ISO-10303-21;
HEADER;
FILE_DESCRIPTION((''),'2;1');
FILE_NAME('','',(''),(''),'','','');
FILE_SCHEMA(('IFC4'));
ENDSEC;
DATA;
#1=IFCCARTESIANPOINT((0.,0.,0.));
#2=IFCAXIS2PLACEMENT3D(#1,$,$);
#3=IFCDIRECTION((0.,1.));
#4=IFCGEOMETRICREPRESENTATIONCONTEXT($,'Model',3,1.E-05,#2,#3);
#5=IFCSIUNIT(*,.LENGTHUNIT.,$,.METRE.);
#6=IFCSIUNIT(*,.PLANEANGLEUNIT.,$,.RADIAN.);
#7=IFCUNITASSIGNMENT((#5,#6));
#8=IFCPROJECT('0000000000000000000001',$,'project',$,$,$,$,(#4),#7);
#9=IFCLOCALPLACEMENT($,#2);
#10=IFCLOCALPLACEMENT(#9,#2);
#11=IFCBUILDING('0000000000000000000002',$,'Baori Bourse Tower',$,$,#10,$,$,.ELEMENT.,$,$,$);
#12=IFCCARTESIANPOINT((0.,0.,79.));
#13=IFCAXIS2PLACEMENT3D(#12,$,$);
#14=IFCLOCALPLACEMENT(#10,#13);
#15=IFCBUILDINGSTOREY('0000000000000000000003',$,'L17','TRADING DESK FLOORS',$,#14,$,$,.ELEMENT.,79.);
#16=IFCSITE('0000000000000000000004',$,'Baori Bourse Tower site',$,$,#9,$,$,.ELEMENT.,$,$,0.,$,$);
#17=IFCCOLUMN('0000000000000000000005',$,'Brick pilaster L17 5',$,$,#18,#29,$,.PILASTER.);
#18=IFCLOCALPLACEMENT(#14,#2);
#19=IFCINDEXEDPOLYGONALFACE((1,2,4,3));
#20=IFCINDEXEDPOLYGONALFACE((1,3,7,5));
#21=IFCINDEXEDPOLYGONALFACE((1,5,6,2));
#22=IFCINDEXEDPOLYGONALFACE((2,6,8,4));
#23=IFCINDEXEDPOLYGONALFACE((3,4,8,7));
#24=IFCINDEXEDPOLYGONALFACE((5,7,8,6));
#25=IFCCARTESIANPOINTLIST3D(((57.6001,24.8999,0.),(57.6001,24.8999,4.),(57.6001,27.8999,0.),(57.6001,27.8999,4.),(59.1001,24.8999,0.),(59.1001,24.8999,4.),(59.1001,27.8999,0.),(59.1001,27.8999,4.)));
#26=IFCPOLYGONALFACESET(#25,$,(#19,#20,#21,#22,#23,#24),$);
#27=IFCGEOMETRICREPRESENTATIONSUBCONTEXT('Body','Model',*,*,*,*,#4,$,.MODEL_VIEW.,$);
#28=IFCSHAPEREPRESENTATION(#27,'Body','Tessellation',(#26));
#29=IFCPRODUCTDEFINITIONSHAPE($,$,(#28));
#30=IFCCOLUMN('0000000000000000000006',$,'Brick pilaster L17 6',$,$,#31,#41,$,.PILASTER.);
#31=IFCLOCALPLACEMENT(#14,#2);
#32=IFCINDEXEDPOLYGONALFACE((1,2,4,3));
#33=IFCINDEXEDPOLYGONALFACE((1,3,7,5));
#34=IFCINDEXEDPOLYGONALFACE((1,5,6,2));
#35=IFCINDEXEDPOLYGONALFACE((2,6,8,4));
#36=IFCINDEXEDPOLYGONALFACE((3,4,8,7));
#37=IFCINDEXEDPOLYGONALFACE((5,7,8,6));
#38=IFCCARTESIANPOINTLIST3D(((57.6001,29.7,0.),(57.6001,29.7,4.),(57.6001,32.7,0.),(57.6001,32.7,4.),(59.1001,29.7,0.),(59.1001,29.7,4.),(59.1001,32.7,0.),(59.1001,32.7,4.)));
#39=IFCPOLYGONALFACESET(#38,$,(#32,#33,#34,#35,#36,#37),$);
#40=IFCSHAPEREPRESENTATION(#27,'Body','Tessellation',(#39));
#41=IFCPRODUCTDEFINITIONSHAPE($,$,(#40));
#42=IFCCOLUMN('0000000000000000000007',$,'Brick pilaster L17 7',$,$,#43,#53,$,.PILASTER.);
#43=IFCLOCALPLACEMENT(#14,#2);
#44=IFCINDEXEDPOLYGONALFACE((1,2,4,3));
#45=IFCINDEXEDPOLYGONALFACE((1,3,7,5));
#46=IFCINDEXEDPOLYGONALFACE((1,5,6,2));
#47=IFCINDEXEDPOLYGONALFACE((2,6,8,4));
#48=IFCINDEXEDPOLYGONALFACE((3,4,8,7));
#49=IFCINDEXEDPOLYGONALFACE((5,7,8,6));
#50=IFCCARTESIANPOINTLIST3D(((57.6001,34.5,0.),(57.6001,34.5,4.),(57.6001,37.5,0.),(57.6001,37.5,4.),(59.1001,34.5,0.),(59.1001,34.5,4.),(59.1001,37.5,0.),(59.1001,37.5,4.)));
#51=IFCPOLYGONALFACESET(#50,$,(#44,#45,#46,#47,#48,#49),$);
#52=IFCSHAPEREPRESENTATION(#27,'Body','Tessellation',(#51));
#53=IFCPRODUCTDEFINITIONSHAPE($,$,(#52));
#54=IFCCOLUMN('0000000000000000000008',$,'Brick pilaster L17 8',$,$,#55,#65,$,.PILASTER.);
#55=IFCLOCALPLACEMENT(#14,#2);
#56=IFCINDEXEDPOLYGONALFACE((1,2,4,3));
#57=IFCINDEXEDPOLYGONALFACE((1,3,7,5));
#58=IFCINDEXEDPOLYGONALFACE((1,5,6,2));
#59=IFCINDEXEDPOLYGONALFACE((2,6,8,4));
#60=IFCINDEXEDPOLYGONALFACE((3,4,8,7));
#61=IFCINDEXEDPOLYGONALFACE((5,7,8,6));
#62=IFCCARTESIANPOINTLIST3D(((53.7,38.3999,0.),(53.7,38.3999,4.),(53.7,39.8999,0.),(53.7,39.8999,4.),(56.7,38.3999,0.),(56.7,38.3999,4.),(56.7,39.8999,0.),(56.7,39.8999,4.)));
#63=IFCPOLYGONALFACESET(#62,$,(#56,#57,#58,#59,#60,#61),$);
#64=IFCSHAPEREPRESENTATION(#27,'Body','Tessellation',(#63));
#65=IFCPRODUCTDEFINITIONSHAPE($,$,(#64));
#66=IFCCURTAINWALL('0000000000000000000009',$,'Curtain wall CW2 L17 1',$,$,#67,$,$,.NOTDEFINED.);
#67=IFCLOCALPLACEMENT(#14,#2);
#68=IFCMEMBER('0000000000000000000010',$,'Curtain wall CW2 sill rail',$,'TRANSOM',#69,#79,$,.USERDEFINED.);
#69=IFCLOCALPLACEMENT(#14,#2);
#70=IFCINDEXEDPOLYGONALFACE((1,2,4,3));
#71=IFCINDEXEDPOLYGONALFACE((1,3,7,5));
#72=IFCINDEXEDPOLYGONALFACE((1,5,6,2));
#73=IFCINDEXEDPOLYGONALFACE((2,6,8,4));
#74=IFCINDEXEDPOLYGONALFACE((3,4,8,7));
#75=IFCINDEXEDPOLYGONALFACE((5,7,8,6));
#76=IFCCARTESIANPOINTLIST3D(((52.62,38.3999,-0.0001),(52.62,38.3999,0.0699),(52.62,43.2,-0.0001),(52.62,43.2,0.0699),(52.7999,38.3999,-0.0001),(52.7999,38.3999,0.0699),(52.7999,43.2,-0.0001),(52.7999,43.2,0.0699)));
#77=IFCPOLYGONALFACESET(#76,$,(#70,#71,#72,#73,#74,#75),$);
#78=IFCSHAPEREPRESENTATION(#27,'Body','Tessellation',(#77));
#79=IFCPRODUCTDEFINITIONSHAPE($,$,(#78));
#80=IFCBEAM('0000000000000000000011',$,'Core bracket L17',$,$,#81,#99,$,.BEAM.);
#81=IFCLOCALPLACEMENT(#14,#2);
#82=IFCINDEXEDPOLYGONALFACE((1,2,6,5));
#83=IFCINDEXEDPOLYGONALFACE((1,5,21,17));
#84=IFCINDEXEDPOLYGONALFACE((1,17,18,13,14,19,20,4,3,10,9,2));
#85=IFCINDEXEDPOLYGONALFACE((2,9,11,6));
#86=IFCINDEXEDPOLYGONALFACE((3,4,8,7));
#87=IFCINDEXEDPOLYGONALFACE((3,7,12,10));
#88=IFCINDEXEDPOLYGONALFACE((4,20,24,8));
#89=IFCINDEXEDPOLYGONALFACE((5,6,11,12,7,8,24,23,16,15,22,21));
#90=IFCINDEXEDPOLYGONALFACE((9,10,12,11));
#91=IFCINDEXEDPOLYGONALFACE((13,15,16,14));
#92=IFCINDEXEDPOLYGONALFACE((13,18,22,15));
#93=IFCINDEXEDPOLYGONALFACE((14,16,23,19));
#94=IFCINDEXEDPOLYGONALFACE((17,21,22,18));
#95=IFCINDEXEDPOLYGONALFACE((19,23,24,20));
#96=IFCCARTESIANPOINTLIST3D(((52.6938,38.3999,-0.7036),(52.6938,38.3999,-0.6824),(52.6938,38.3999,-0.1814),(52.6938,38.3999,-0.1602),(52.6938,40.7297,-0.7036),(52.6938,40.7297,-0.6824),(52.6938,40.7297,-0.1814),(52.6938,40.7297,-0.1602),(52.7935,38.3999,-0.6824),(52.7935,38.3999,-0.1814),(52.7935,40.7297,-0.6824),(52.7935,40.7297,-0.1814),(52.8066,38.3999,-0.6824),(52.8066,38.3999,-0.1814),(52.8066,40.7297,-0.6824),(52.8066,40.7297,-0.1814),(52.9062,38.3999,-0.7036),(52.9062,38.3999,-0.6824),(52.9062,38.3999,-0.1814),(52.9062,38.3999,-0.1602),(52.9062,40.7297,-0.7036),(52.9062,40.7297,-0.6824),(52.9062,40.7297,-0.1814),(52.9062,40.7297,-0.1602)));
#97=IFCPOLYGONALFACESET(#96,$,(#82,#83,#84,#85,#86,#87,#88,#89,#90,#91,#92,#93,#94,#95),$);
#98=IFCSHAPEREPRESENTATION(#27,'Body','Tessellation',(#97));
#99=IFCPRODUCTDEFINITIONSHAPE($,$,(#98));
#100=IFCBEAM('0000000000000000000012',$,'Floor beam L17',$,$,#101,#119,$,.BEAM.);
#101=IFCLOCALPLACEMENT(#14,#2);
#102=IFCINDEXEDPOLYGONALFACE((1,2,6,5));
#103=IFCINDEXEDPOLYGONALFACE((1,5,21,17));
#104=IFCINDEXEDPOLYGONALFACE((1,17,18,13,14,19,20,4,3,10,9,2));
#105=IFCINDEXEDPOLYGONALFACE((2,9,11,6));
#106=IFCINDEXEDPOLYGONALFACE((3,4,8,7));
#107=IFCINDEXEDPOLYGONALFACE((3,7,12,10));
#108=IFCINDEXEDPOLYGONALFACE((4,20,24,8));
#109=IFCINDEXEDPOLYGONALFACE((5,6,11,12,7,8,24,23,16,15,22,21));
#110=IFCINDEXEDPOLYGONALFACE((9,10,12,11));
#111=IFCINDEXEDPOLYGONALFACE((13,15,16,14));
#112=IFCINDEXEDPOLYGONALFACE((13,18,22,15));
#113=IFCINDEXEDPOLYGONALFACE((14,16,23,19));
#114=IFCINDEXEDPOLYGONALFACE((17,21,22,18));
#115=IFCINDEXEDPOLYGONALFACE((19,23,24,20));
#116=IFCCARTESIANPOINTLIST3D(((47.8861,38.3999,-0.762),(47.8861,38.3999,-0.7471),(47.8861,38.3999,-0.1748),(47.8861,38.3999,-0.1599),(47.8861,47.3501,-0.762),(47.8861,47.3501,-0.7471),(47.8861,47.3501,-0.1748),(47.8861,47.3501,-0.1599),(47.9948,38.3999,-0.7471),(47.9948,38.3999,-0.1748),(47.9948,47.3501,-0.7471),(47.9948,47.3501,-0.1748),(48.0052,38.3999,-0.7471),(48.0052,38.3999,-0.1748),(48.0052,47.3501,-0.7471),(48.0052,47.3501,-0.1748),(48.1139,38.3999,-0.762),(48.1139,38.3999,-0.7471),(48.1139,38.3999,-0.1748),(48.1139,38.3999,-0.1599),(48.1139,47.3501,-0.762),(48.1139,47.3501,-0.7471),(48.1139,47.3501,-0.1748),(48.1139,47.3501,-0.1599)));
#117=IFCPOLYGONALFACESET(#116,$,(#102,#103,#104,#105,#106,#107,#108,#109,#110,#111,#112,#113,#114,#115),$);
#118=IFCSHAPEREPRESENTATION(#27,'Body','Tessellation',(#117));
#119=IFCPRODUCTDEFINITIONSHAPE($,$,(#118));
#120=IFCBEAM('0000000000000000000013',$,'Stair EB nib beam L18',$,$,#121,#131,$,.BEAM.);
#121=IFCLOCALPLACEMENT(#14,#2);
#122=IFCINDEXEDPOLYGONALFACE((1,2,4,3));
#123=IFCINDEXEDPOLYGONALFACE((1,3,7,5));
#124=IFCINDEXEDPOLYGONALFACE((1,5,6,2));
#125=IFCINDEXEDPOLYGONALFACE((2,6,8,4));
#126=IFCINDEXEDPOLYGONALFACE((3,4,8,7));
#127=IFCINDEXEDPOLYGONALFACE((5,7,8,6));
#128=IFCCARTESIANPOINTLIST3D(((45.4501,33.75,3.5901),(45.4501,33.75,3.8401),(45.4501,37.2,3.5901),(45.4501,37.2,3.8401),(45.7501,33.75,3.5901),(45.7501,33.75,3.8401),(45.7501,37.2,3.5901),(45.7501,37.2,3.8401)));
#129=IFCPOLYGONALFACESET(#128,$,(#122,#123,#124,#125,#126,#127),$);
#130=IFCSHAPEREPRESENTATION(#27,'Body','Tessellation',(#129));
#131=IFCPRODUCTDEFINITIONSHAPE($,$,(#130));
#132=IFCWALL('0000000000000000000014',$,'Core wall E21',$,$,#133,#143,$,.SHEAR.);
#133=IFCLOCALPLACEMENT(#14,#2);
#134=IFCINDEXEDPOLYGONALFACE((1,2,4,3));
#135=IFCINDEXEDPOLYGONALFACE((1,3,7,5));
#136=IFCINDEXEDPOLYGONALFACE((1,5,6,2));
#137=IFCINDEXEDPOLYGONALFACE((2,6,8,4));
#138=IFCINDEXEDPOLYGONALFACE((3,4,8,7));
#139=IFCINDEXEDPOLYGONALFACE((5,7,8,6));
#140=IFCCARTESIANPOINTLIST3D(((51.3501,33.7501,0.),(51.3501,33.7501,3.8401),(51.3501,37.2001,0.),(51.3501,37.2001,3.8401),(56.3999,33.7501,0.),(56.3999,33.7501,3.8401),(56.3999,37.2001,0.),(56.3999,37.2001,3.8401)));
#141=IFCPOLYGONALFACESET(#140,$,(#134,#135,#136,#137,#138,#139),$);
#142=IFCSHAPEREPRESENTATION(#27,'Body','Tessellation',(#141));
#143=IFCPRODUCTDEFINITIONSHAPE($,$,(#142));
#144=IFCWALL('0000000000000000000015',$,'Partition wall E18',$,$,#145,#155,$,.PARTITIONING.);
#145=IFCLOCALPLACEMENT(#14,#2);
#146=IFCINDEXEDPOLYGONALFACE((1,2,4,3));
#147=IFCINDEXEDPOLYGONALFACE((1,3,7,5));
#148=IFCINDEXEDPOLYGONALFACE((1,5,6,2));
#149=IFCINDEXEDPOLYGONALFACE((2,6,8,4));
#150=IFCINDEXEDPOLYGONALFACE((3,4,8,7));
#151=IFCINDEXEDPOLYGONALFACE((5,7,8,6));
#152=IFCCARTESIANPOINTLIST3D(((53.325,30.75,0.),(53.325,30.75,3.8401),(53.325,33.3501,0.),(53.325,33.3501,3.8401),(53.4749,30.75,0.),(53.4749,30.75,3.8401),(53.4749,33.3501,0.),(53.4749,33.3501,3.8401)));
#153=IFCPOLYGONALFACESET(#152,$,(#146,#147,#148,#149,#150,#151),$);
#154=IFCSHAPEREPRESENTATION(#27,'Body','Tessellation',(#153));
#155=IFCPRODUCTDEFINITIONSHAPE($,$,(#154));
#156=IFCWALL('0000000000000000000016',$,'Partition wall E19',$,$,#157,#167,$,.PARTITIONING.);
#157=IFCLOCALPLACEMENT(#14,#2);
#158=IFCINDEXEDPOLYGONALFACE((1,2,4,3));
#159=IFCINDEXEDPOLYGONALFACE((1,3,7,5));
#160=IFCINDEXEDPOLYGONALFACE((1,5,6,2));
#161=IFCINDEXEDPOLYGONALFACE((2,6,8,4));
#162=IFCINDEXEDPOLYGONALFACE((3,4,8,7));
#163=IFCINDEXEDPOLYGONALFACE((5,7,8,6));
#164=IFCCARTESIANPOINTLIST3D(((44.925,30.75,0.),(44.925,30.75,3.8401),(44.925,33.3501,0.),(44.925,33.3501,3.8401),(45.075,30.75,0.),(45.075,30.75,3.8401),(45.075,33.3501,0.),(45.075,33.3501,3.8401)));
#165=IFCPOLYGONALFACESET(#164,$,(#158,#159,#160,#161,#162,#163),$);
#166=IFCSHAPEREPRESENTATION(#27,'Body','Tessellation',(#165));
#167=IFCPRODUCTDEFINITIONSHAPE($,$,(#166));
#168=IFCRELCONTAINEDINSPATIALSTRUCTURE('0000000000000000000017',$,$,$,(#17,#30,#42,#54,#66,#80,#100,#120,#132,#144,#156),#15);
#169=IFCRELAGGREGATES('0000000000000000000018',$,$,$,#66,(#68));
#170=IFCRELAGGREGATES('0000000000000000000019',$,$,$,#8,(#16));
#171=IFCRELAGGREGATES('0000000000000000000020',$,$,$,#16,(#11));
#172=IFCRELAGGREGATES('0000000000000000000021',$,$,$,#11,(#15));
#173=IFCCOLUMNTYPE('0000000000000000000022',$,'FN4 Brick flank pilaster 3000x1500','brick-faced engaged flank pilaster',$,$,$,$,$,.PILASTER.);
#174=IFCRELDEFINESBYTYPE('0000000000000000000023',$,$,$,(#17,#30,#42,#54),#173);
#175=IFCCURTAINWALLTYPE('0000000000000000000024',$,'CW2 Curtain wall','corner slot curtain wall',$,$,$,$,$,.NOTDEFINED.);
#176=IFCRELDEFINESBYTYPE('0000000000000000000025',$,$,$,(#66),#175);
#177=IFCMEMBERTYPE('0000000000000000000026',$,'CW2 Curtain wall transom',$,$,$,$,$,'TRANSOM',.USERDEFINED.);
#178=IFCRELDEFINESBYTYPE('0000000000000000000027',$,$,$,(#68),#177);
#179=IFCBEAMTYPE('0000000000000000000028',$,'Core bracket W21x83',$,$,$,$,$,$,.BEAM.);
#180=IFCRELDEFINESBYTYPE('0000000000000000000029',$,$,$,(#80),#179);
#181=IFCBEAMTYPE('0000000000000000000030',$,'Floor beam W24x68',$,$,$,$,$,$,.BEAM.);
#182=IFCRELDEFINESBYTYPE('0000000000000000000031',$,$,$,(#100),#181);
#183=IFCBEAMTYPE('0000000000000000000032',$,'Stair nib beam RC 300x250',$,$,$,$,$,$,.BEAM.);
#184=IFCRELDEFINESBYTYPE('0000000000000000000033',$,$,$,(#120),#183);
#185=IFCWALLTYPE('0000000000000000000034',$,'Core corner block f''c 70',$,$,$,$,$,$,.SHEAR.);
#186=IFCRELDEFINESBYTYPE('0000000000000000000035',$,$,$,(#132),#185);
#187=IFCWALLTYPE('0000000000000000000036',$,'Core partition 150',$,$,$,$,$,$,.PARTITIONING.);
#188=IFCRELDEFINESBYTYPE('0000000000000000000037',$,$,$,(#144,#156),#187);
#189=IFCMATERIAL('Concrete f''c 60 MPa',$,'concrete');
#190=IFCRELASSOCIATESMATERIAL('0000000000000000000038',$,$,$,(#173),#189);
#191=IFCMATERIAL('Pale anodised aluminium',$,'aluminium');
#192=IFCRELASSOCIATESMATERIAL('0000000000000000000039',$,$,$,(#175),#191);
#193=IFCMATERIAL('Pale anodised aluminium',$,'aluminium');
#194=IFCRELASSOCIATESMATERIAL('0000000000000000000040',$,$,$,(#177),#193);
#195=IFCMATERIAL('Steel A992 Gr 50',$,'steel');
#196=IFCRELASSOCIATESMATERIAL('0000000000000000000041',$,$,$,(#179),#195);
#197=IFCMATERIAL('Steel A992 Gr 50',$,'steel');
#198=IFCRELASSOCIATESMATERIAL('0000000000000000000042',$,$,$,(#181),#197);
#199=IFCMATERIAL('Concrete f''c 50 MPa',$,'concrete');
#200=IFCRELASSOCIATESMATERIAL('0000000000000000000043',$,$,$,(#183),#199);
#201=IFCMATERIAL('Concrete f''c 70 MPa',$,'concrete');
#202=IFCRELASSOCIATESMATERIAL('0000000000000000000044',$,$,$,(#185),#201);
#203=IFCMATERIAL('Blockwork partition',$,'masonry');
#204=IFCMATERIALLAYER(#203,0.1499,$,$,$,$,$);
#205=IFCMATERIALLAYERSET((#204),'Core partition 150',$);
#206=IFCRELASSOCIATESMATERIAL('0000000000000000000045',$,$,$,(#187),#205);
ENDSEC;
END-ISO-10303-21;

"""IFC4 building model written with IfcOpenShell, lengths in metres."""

from ifc_helpers import new_model, si_unit, direction, frame, frame_2d, origin, origin_2d, place, context, subcontext, project, spatial, rectangle, i_section, extrude, material, layer, layer_set, material_profile, profile_set, type_object, element, aggregate, save


model = new_model("IFC4")

# Units and contexts
model_context = context("Model", 3, precision=1e-05, world=origin(), true_north=direction((0.0, 1.0)))
body_context = subcontext(model_context, "Body", "Model", "MODEL_VIEW")
ifc_project = project(units=[si_unit("LENGTHUNIT", "METRE"), si_unit("PLANEANGLEUNIT", "RADIAN")], contexts=[model_context])

# Site, building, storey
site_placement = place(None, origin())
site = spatial("IfcSite", under=ifc_project, at=site_placement, Name="Baori Bourse Tower site", CompositionType="ELEMENT", RefElevation=0.0)
building_placement = place(site_placement, origin())
building = spatial("IfcBuilding", under=site, at=building_placement, Name="Baori Bourse Tower", CompositionType="ELEMENT")
storey_placement = place(building_placement, frame((0.0, 0.0, 79.0)))
storey = spatial("IfcBuildingStorey", under=building, at=storey_placement, Name="L17", Description="TRADING DESK FLOORS", CompositionType="ELEMENT", Elevation=79.0)

# Columns
ifc_material_1 = material(Name="Concrete f'c 60 MPa", Category="concrete")
ifc_material_profile_1 = material_profile(ifc_material_1, rectangle(XDim=3.0, YDim=1.5, at=origin_2d()), Name="RC 3000x1500")
ifc_profile_set_1 = profile_set([ifc_material_profile_1], Name="Concrete f'c 60 MPa")
column_type = type_object("IfcColumnType", Name="FN4 Brick flank pilaster 3000x1500", Description="brick-faced engaged flank pilaster", PredefinedType="PILASTER", material=ifc_profile_set_1)
for number, where, z_axis, x_axis, name in (
    (1, (58.3501, 26.3999, 0.0), (0.0, 0.0, 1.0), (0.0, 1.0, 0.0), "Brick pilaster L17 5"),
    (2, (58.3501, 31.2, 0.0), (0.0, 0.0, 1.0), (0.0, 1.0, 0.0), "Brick pilaster L17 6"),
    (3, (58.3501, 36.0, 0.0), (0.0, 0.0, 1.0), (0.0, 1.0, 0.0), "Brick pilaster L17 7"),
    (4, (55.2, 39.1499, 0.0), (0.0, 0.0, 1.0), (1.0, 0.0, 0.0), "Brick pilaster L17 8"),
):
    element("IfcColumn", number, at=place(storey_placement, frame(where, z_axis=z_axis, x_axis=x_axis)), inside=storey, type_object=column_type, Name=name, PredefinedType="PILASTER", context=body_context, shape_type="SweptSolid", body=[
        extrude(rectangle(XDim=3.0, YDim=1.5, at=origin_2d()), origin(), (0.0, 0.0, 1.0), 4.0),
    ])

# Curtain wall, member
ifc_material_2 = material(Name="Pale anodised aluminium", Category="aluminium")
curtain_wall_type = type_object("IfcCurtainWallType", Name="CW2 Curtain wall", Description="corner slot curtain wall", PredefinedType="NOTDEFINED", material=ifc_material_2)
curtain_wall_placement = place(storey_placement, origin())
curtain_wall = element("IfcCurtainWall", 5, at=curtain_wall_placement, inside=storey, type_object=curtain_wall_type, Name="Curtain wall CW2 L17 1", PredefinedType="NOTDEFINED")
ifc_material_3 = material(Name="Pale anodised aluminium", Category="aluminium")
ifc_material_profile_2 = material_profile(ifc_material_3, rectangle(XDim=0.1799, YDim=0.0701, at=origin_2d()), Name="Transom 70x180")
ifc_profile_set_2 = profile_set([ifc_material_profile_2], Name="Pale anodised aluminium")
member_type = type_object("IfcMemberType", Name="CW2 Curtain wall transom", ElementType="TRANSOM", PredefinedType="USERDEFINED", material=ifc_profile_set_2)
member_placement = place(storey_placement, frame((52.71, 38.3999, 0.0349), z_axis=(0.0, 1.0, 0.0), x_axis=(-1.0, 0.0, 0.0)))
member = element("IfcMember", 6, at=member_placement, type_object=member_type, Name="Curtain wall CW2 sill rail", ObjectType="TRANSOM", PredefinedType="USERDEFINED", context=body_context, shape_type="SweptSolid", body=[
    extrude(rectangle(XDim=0.1799, YDim=0.0701, at=origin_2d()), origin(), (0.0, 0.0, 1.0), 4.8),
])
aggregate(curtain_wall, [member])

# Beams
ifc_material_4 = material(Name="Steel A992 Gr 50", Category="steel")
ifc_material_profile_3 = material_profile(ifc_material_4, i_section(OverallWidth=0.2124, OverallDepth=0.5435, WebThickness=0.0132, FlangeThickness=0.0212, at=origin_2d()), Name="W21x83")
ifc_profile_set_3 = profile_set([ifc_material_profile_3], Name="Steel A992 Gr 50")
beam_type_1 = type_object("IfcBeamType", Name="Core bracket W21x83", PredefinedType="BEAM", material=ifc_profile_set_3)
beam_1_placement = place(storey_placement, frame((52.8, 38.3999, -0.4319), z_axis=(0.0, 1.0, 0.0), x_axis=(-1.0, 0.0, 0.0)))
element("IfcBeam", 7, at=beam_1_placement, inside=storey, type_object=beam_type_1, Name="Core bracket L17", PredefinedType="BEAM", context=body_context, shape_type="SweptSolid", body=[
    extrude(i_section(OverallWidth=0.2124, OverallDepth=0.5435, WebThickness=0.0132, FlangeThickness=0.0212, at=origin_2d()), origin(), (0.0, 0.0, 1.0), 2.3298),
])
ifc_material_5 = material(Name="Steel A992 Gr 50", Category="steel")
ifc_material_profile_4 = material_profile(ifc_material_5, i_section(OverallWidth=0.2278, OverallDepth=0.6021, WebThickness=0.0105, FlangeThickness=0.0149, at=origin_2d()), Name="W24x68")
ifc_profile_set_4 = profile_set([ifc_material_profile_4], Name="Steel A992 Gr 50")
beam_type_2 = type_object("IfcBeamType", Name="Floor beam W24x68", PredefinedType="BEAM", material=ifc_profile_set_4)
beam_2_placement = place(storey_placement, frame((48.0, 38.3999, -0.4609), z_axis=(0.0, 1.0, 0.0), x_axis=(-1.0, 0.0, 0.0)))
element("IfcBeam", 8, at=beam_2_placement, inside=storey, type_object=beam_type_2, Name="Floor beam L17", PredefinedType="BEAM", context=body_context, shape_type="SweptSolid", body=[
    extrude(i_section(OverallWidth=0.2278, OverallDepth=0.6021, WebThickness=0.0105, FlangeThickness=0.0149, at=origin_2d()), origin(), (0.0, 0.0, 1.0), 8.9502),
])
ifc_material_6 = material(Name="Concrete f'c 50 MPa", Category="concrete")
ifc_material_profile_5 = material_profile(ifc_material_6, rectangle(XDim=0.3, YDim=0.25, at=origin_2d()), Name="RC 300x250")
ifc_profile_set_5 = profile_set([ifc_material_profile_5], Name="Concrete f'c 50 MPa")
beam_type_3 = type_object("IfcBeamType", Name="Stair nib beam RC 300x250", PredefinedType="BEAM", material=ifc_profile_set_5)
beam_3_placement = place(storey_placement, frame((45.6001, 33.75, 3.7151), z_axis=(0.0, 1.0, 0.0), x_axis=(-1.0, 0.0, 0.0)))
element("IfcBeam", 9, at=beam_3_placement, inside=storey, type_object=beam_type_3, Name="Stair EB nib beam L18", PredefinedType="BEAM", context=body_context, shape_type="SweptSolid", body=[
    extrude(rectangle(XDim=0.3, YDim=0.25, at=origin_2d()), origin(), (0.0, 0.0, 1.0), 3.45),
])

# Walls
ifc_material_7 = material(Name="Concrete f'c 70 MPa", Category="concrete")
wall_type_1 = type_object("IfcWallType", Name="Core corner block f'c 70", PredefinedType="SHEAR", material=ifc_material_7)
wall_1_placement = place(storey_placement, frame((51.3501, 35.4751, 0.0), z_axis=(0.0, 0.0, 1.0), x_axis=(1.0, 0.0, 0.0)))
element("IfcWall", 10, at=wall_1_placement, inside=storey, type_object=wall_type_1, Name="Core wall E21", PredefinedType="SHEAR", context=body_context, shape_type="SweptSolid", body=[
    extrude(rectangle(XDim=5.0498, YDim=3.45, at=frame_2d((2.5249, 0.0))), origin(), (0.0, 0.0, 1.0), 3.8401),
])
ifc_material_8 = material(Name="Blockwork partition", Category="masonry")
ifc_layer_1 = layer(ifc_material_8, 0.1499)
ifc_layer_set_1 = layer_set([ifc_layer_1], Name="Core partition 150")
wall_type_2 = type_object("IfcWallType", Name="Core partition 150", PredefinedType="PARTITIONING", material=ifc_layer_set_1)
for number, where, z_axis, x_axis, name in (
    (11, (53.3999, 30.75, 0.0), (0.0, 0.0, 1.0), (0.0, 1.0, 0.0), "Partition wall E18"),
    (12, (45.0, 30.75, 0.0), (0.0, 0.0, 1.0), (0.0, 1.0, 0.0), "Partition wall E19"),
):
    element("IfcWall", number, at=place(storey_placement, frame(where, z_axis=z_axis, x_axis=x_axis)), inside=storey, type_object=wall_type_2, Name=name, PredefinedType="PARTITIONING", context=body_context, shape_type="SweptSolid", body=[
        extrude(rectangle(XDim=2.6001, YDim=0.1499, at=frame_2d((1.3, 0.0))), origin(), (0.0, 0.0, 1.0), 3.8401),
    ])

save(model, "model.ifc")
